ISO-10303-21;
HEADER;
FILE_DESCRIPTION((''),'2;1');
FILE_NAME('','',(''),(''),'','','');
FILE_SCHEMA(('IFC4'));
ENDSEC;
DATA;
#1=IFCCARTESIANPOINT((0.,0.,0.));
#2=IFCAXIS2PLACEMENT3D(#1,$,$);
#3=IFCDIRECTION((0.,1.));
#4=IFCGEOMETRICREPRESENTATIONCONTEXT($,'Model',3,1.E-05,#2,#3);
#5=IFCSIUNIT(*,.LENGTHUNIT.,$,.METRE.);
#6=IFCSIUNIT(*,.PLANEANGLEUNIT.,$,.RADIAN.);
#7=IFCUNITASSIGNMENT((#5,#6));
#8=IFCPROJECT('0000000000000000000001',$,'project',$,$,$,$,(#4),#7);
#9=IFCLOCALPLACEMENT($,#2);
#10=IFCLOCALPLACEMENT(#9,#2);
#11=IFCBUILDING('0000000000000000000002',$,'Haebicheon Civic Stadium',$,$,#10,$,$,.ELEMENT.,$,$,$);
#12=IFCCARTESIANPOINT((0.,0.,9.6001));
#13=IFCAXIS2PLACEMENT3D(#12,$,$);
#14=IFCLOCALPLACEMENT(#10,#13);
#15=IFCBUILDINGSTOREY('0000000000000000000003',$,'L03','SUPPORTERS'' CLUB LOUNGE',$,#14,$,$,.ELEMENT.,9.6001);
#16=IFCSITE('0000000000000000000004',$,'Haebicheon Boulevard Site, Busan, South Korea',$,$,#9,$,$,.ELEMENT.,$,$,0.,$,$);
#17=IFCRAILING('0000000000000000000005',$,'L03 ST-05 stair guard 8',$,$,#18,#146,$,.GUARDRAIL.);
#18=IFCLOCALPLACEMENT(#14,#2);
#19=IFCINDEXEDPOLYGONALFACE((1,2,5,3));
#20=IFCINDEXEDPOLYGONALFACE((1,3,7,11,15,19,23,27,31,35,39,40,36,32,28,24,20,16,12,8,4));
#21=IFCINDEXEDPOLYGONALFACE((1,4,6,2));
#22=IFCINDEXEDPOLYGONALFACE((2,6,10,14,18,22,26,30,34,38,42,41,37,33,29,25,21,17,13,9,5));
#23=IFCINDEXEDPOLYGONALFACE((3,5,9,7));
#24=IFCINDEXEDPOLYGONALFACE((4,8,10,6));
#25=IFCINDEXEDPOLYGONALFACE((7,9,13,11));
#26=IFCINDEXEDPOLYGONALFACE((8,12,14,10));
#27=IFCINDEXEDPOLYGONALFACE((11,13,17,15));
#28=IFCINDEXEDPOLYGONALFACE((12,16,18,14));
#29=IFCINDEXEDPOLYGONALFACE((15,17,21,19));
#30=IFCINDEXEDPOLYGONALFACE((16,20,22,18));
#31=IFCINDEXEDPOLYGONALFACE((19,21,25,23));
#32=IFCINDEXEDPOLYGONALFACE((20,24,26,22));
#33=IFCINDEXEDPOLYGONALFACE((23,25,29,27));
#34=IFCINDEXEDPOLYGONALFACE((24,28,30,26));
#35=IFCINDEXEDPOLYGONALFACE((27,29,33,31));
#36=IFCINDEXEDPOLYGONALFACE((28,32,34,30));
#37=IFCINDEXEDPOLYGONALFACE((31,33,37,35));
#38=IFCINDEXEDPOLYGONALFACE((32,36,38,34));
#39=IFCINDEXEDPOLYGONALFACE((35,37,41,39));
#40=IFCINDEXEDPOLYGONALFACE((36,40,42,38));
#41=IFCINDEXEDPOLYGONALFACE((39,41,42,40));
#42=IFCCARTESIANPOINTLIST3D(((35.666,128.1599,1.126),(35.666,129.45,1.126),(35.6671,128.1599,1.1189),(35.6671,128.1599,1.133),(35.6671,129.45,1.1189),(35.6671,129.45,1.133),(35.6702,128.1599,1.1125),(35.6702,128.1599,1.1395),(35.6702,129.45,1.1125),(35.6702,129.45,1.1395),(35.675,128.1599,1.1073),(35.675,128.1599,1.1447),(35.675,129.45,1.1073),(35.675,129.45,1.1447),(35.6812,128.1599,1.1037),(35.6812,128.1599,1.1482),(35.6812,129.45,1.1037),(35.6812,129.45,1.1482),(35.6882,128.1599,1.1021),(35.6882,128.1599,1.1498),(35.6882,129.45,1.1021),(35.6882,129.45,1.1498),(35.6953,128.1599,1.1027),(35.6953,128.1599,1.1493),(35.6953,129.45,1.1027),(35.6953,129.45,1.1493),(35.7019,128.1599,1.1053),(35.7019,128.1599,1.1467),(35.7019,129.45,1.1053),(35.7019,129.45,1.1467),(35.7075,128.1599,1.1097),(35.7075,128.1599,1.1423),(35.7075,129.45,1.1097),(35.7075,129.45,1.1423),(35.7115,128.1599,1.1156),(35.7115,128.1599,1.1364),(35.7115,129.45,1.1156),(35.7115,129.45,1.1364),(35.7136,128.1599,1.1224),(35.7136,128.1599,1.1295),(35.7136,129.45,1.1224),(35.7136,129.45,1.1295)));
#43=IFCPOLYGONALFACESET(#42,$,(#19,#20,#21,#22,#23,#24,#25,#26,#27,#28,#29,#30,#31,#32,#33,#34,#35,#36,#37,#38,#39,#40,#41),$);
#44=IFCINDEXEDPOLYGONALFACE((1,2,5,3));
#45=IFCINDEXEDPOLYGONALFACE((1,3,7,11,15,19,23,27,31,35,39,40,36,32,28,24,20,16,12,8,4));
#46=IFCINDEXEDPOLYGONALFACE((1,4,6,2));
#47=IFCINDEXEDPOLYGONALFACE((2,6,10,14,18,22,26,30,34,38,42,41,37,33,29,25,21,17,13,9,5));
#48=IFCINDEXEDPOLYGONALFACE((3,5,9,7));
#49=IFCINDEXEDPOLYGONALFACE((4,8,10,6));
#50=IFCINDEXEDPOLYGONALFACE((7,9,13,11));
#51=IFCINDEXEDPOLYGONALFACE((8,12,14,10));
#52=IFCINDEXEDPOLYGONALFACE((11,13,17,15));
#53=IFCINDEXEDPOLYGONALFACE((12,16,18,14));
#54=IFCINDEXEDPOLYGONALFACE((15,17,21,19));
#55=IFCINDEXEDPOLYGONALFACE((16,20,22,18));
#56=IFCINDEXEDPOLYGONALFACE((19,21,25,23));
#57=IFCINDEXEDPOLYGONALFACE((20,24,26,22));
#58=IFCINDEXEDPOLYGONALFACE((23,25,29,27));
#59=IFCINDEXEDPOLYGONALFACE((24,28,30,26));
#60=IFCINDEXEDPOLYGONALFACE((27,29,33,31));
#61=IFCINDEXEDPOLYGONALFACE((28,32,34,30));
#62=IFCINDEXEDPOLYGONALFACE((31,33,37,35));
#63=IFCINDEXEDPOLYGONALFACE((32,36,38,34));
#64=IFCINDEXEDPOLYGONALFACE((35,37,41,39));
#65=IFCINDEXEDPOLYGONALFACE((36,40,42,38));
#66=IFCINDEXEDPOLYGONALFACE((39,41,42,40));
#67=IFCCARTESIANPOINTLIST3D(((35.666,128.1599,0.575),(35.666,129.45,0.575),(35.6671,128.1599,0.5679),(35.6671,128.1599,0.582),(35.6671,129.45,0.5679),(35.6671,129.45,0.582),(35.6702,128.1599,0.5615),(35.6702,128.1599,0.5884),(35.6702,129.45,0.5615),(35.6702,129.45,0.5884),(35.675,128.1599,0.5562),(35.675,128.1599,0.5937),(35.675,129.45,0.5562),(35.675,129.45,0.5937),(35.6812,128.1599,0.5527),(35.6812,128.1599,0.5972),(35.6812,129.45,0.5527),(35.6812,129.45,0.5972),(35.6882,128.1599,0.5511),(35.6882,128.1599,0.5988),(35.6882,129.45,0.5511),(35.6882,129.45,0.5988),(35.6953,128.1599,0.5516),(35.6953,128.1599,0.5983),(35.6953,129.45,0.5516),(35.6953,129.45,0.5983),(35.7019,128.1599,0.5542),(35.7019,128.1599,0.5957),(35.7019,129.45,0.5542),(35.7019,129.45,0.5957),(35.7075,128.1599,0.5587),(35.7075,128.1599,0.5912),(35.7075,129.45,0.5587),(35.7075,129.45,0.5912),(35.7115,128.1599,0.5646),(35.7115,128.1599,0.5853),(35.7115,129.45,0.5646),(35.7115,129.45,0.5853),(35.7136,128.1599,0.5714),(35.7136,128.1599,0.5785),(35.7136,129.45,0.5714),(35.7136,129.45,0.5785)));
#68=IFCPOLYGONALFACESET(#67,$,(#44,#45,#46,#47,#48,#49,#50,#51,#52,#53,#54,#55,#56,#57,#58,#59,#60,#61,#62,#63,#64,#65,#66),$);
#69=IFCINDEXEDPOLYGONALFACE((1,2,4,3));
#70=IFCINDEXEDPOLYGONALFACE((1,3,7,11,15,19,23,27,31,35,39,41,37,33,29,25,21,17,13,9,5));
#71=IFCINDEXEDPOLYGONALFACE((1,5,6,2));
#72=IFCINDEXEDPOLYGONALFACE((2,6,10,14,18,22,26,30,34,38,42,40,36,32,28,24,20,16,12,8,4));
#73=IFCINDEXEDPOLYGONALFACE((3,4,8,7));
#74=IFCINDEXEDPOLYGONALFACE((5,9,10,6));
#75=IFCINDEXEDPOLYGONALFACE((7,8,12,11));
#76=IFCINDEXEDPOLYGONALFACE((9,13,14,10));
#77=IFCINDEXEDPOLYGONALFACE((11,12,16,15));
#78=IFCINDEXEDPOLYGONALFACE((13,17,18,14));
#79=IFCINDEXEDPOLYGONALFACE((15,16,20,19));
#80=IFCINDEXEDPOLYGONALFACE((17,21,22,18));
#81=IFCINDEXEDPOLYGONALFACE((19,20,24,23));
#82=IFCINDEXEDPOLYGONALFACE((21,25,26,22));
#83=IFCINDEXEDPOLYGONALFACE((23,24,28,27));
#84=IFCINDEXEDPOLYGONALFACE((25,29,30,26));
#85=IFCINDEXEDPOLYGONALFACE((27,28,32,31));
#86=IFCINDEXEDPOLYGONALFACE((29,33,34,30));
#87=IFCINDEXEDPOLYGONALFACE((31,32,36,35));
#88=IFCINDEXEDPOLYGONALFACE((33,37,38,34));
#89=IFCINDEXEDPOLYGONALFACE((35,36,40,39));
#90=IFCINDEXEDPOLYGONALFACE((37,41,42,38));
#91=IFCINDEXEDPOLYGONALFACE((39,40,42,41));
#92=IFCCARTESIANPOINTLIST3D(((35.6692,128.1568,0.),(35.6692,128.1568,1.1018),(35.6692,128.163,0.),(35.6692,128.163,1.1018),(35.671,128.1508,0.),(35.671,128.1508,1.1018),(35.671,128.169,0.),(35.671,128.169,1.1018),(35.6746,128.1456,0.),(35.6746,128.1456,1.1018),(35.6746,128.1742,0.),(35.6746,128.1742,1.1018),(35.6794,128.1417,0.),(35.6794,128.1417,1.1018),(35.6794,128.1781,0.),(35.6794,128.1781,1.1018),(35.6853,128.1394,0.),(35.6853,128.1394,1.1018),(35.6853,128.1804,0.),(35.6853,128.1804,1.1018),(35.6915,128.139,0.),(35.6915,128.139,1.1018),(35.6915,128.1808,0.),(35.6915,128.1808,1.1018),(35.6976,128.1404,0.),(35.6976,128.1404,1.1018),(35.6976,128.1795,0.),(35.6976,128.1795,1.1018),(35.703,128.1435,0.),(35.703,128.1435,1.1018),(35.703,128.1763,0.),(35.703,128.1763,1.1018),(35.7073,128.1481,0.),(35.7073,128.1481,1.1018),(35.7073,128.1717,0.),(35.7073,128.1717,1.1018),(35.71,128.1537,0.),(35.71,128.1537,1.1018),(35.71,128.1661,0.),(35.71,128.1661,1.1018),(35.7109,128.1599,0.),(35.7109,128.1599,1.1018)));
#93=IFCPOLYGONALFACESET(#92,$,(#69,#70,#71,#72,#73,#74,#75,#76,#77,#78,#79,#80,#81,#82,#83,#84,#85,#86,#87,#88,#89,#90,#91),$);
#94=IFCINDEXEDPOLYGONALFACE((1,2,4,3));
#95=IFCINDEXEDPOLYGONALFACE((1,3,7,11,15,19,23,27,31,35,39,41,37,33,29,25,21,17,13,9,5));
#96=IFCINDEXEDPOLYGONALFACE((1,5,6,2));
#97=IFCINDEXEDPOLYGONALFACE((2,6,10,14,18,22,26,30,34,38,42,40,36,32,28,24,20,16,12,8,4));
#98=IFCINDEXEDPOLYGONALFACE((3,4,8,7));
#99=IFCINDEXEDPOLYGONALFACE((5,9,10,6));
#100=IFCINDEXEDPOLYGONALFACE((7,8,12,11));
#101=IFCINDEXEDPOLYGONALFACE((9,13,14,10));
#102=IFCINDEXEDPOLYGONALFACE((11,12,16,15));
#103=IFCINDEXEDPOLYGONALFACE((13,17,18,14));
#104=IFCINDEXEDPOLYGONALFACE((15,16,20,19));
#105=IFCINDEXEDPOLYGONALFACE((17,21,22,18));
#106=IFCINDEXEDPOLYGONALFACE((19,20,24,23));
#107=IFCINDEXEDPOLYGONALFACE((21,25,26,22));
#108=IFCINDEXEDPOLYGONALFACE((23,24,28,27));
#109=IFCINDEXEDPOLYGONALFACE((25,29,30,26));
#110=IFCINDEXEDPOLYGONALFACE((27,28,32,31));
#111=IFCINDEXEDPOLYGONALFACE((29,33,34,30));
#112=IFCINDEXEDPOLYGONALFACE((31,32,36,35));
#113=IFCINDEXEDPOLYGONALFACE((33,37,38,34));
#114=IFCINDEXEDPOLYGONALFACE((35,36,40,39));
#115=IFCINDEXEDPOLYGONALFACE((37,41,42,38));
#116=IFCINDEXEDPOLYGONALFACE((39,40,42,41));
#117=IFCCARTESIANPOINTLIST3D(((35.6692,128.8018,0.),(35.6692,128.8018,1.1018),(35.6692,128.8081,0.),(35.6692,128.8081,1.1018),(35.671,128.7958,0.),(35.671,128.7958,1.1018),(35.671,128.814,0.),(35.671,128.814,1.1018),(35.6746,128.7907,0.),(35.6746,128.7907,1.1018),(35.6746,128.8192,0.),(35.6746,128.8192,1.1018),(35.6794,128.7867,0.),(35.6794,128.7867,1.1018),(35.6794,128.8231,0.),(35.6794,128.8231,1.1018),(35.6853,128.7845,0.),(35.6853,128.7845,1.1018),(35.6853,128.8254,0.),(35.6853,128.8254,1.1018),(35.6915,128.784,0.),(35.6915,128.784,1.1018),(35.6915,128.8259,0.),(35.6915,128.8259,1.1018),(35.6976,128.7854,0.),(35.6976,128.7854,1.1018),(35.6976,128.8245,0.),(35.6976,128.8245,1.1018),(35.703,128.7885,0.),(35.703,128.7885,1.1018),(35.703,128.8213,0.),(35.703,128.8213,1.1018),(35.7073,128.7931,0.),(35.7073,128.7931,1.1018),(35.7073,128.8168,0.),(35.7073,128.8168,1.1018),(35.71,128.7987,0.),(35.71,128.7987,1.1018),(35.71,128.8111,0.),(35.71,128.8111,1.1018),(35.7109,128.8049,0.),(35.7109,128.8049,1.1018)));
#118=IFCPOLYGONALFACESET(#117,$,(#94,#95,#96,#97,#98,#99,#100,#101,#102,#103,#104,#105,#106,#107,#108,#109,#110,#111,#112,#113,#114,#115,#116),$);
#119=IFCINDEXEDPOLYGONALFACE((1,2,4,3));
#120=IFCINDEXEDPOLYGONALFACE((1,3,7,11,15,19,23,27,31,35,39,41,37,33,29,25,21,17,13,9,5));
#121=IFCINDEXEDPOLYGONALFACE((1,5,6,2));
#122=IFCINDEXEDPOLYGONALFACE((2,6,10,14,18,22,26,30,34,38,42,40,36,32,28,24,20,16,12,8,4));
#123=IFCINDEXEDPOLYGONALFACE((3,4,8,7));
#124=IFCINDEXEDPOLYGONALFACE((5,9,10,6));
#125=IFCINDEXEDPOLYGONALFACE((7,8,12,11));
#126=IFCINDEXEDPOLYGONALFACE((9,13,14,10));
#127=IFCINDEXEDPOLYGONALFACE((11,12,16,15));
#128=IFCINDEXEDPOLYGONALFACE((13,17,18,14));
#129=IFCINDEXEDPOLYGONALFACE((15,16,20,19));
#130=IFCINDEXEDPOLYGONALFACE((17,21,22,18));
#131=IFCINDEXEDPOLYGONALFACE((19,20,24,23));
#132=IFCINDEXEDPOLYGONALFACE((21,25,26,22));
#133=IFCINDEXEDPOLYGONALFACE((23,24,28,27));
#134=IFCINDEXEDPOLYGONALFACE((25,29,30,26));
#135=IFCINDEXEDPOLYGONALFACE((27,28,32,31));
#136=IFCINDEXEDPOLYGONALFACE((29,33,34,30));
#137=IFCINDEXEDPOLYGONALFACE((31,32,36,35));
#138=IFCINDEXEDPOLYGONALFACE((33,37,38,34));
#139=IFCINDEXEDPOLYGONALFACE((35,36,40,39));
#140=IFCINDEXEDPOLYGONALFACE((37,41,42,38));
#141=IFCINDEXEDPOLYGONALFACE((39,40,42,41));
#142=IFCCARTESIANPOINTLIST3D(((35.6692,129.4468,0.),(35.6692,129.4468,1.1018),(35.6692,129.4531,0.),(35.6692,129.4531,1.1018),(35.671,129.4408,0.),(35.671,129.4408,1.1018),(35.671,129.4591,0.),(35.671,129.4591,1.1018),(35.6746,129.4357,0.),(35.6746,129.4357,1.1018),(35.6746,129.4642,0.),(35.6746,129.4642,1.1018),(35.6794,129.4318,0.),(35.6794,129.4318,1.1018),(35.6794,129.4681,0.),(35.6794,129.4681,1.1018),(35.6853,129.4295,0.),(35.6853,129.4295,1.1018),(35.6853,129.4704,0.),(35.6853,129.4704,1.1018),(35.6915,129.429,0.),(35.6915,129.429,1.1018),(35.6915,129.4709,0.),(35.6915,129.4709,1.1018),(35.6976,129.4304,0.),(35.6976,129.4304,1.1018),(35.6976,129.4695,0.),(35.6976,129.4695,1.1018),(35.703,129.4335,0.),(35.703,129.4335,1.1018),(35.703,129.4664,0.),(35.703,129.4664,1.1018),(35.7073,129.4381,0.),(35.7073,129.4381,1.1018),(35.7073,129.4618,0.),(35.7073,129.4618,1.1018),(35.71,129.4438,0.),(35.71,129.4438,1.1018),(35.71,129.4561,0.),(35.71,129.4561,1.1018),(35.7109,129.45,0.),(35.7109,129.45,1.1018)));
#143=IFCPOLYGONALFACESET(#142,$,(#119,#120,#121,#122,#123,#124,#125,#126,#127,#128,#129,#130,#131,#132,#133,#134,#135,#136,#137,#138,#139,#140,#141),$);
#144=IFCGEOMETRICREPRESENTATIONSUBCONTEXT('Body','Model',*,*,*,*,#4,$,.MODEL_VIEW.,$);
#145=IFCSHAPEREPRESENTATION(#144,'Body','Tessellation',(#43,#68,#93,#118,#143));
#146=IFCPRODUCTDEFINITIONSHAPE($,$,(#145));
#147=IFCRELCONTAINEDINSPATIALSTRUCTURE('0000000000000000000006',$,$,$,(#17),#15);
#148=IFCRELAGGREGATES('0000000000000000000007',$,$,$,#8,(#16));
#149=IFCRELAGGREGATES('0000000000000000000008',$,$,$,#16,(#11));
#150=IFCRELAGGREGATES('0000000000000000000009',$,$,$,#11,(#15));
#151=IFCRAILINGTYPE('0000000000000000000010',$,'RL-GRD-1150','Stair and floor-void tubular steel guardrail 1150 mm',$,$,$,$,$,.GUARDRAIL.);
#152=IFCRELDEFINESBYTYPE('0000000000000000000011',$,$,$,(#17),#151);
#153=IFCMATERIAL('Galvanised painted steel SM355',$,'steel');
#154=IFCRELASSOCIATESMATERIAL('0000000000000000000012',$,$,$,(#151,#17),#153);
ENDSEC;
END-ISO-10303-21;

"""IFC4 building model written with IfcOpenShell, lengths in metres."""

from ifc_helpers import new_model, si_unit, direction, frame, origin, origin_2d, place, context, subcontext, project, spatial, circle, extrude, material, type_object, element, save


model = new_model("IFC4")

# Units and contexts
model_context = context("Model", 3, precision=1e-05, world=origin(), true_north=direction((0.0, 1.0)))
body_context = subcontext(model_context, "Body", "Model", "MODEL_VIEW")
ifc_project = project(units=[si_unit("LENGTHUNIT", "METRE"), si_unit("PLANEANGLEUNIT", "RADIAN")], contexts=[model_context])

# Site, building, storey
site_placement = place(None, origin())
site = spatial("IfcSite", under=ifc_project, at=site_placement, Name="Haebicheon Boulevard Site, Busan, South Korea", CompositionType="ELEMENT", RefElevation=0.0)
building_placement = place(site_placement, origin())
building = spatial("IfcBuilding", under=site, at=building_placement, Name="Haebicheon Civic Stadium", CompositionType="ELEMENT")
storey_placement = place(building_placement, frame((0.0, 0.0, 9.6001)))
storey = spatial("IfcBuildingStorey", under=building, at=storey_placement, Name="L03", Description="SUPPORTERS' CLUB LOUNGE", CompositionType="ELEMENT", Elevation=9.6001)

# Railing
ifc_material_1 = material(Name="Galvanised painted steel SM355", Category="steel")
railing_type_1 = type_object("IfcRailingType", Name="RL-GRD-1150", Description="Stair and floor-void tubular steel guardrail 1150 mm", PredefinedType="GUARDRAIL", material=ifc_material_1)
for number, where, name in (
    (1, (35.6899, 128.1599, 0.0), "L03 ST-05 stair guard 8"),
):
    element("IfcRailing", number, at=place(storey_placement, frame(where)), inside=storey, type_object=railing_type_1, material=ifc_material_1, Name=name, PredefinedType="GUARDRAIL", context=body_context, shape_type="SweptSolid", body=[
        extrude(circle(Radius=0.0239, at=origin_2d()), frame((0.0, 0.0, 1.126), z_axis=(0.0, 1.0, 0.0), x_axis=(-1.0, 0.0, 0.0)), (0.0, 0.0, 1.0), 1.29),
        extrude(circle(Radius=0.0239, at=origin_2d()), frame((0.0, 0.0, 0.575), z_axis=(0.0, 1.0, 0.0), x_axis=(-1.0, 0.0, 0.0)), (0.0, 0.0, 1.0), 1.29),
        extrude(circle(Radius=0.021, at=origin_2d()), origin(), (0.0, 0.0, 1.0), 1.1018),
        extrude(circle(Radius=0.021, at=origin_2d()), frame((0.0, 0.645, 0.0)), (0.0, 0.0, 1.0), 1.1018),
        extrude(circle(Radius=0.021, at=origin_2d()), frame((0.0, 1.29, 0.0)), (0.0, 0.0, 1.0), 1.1018),
    ])

save(model, "model.ifc")
